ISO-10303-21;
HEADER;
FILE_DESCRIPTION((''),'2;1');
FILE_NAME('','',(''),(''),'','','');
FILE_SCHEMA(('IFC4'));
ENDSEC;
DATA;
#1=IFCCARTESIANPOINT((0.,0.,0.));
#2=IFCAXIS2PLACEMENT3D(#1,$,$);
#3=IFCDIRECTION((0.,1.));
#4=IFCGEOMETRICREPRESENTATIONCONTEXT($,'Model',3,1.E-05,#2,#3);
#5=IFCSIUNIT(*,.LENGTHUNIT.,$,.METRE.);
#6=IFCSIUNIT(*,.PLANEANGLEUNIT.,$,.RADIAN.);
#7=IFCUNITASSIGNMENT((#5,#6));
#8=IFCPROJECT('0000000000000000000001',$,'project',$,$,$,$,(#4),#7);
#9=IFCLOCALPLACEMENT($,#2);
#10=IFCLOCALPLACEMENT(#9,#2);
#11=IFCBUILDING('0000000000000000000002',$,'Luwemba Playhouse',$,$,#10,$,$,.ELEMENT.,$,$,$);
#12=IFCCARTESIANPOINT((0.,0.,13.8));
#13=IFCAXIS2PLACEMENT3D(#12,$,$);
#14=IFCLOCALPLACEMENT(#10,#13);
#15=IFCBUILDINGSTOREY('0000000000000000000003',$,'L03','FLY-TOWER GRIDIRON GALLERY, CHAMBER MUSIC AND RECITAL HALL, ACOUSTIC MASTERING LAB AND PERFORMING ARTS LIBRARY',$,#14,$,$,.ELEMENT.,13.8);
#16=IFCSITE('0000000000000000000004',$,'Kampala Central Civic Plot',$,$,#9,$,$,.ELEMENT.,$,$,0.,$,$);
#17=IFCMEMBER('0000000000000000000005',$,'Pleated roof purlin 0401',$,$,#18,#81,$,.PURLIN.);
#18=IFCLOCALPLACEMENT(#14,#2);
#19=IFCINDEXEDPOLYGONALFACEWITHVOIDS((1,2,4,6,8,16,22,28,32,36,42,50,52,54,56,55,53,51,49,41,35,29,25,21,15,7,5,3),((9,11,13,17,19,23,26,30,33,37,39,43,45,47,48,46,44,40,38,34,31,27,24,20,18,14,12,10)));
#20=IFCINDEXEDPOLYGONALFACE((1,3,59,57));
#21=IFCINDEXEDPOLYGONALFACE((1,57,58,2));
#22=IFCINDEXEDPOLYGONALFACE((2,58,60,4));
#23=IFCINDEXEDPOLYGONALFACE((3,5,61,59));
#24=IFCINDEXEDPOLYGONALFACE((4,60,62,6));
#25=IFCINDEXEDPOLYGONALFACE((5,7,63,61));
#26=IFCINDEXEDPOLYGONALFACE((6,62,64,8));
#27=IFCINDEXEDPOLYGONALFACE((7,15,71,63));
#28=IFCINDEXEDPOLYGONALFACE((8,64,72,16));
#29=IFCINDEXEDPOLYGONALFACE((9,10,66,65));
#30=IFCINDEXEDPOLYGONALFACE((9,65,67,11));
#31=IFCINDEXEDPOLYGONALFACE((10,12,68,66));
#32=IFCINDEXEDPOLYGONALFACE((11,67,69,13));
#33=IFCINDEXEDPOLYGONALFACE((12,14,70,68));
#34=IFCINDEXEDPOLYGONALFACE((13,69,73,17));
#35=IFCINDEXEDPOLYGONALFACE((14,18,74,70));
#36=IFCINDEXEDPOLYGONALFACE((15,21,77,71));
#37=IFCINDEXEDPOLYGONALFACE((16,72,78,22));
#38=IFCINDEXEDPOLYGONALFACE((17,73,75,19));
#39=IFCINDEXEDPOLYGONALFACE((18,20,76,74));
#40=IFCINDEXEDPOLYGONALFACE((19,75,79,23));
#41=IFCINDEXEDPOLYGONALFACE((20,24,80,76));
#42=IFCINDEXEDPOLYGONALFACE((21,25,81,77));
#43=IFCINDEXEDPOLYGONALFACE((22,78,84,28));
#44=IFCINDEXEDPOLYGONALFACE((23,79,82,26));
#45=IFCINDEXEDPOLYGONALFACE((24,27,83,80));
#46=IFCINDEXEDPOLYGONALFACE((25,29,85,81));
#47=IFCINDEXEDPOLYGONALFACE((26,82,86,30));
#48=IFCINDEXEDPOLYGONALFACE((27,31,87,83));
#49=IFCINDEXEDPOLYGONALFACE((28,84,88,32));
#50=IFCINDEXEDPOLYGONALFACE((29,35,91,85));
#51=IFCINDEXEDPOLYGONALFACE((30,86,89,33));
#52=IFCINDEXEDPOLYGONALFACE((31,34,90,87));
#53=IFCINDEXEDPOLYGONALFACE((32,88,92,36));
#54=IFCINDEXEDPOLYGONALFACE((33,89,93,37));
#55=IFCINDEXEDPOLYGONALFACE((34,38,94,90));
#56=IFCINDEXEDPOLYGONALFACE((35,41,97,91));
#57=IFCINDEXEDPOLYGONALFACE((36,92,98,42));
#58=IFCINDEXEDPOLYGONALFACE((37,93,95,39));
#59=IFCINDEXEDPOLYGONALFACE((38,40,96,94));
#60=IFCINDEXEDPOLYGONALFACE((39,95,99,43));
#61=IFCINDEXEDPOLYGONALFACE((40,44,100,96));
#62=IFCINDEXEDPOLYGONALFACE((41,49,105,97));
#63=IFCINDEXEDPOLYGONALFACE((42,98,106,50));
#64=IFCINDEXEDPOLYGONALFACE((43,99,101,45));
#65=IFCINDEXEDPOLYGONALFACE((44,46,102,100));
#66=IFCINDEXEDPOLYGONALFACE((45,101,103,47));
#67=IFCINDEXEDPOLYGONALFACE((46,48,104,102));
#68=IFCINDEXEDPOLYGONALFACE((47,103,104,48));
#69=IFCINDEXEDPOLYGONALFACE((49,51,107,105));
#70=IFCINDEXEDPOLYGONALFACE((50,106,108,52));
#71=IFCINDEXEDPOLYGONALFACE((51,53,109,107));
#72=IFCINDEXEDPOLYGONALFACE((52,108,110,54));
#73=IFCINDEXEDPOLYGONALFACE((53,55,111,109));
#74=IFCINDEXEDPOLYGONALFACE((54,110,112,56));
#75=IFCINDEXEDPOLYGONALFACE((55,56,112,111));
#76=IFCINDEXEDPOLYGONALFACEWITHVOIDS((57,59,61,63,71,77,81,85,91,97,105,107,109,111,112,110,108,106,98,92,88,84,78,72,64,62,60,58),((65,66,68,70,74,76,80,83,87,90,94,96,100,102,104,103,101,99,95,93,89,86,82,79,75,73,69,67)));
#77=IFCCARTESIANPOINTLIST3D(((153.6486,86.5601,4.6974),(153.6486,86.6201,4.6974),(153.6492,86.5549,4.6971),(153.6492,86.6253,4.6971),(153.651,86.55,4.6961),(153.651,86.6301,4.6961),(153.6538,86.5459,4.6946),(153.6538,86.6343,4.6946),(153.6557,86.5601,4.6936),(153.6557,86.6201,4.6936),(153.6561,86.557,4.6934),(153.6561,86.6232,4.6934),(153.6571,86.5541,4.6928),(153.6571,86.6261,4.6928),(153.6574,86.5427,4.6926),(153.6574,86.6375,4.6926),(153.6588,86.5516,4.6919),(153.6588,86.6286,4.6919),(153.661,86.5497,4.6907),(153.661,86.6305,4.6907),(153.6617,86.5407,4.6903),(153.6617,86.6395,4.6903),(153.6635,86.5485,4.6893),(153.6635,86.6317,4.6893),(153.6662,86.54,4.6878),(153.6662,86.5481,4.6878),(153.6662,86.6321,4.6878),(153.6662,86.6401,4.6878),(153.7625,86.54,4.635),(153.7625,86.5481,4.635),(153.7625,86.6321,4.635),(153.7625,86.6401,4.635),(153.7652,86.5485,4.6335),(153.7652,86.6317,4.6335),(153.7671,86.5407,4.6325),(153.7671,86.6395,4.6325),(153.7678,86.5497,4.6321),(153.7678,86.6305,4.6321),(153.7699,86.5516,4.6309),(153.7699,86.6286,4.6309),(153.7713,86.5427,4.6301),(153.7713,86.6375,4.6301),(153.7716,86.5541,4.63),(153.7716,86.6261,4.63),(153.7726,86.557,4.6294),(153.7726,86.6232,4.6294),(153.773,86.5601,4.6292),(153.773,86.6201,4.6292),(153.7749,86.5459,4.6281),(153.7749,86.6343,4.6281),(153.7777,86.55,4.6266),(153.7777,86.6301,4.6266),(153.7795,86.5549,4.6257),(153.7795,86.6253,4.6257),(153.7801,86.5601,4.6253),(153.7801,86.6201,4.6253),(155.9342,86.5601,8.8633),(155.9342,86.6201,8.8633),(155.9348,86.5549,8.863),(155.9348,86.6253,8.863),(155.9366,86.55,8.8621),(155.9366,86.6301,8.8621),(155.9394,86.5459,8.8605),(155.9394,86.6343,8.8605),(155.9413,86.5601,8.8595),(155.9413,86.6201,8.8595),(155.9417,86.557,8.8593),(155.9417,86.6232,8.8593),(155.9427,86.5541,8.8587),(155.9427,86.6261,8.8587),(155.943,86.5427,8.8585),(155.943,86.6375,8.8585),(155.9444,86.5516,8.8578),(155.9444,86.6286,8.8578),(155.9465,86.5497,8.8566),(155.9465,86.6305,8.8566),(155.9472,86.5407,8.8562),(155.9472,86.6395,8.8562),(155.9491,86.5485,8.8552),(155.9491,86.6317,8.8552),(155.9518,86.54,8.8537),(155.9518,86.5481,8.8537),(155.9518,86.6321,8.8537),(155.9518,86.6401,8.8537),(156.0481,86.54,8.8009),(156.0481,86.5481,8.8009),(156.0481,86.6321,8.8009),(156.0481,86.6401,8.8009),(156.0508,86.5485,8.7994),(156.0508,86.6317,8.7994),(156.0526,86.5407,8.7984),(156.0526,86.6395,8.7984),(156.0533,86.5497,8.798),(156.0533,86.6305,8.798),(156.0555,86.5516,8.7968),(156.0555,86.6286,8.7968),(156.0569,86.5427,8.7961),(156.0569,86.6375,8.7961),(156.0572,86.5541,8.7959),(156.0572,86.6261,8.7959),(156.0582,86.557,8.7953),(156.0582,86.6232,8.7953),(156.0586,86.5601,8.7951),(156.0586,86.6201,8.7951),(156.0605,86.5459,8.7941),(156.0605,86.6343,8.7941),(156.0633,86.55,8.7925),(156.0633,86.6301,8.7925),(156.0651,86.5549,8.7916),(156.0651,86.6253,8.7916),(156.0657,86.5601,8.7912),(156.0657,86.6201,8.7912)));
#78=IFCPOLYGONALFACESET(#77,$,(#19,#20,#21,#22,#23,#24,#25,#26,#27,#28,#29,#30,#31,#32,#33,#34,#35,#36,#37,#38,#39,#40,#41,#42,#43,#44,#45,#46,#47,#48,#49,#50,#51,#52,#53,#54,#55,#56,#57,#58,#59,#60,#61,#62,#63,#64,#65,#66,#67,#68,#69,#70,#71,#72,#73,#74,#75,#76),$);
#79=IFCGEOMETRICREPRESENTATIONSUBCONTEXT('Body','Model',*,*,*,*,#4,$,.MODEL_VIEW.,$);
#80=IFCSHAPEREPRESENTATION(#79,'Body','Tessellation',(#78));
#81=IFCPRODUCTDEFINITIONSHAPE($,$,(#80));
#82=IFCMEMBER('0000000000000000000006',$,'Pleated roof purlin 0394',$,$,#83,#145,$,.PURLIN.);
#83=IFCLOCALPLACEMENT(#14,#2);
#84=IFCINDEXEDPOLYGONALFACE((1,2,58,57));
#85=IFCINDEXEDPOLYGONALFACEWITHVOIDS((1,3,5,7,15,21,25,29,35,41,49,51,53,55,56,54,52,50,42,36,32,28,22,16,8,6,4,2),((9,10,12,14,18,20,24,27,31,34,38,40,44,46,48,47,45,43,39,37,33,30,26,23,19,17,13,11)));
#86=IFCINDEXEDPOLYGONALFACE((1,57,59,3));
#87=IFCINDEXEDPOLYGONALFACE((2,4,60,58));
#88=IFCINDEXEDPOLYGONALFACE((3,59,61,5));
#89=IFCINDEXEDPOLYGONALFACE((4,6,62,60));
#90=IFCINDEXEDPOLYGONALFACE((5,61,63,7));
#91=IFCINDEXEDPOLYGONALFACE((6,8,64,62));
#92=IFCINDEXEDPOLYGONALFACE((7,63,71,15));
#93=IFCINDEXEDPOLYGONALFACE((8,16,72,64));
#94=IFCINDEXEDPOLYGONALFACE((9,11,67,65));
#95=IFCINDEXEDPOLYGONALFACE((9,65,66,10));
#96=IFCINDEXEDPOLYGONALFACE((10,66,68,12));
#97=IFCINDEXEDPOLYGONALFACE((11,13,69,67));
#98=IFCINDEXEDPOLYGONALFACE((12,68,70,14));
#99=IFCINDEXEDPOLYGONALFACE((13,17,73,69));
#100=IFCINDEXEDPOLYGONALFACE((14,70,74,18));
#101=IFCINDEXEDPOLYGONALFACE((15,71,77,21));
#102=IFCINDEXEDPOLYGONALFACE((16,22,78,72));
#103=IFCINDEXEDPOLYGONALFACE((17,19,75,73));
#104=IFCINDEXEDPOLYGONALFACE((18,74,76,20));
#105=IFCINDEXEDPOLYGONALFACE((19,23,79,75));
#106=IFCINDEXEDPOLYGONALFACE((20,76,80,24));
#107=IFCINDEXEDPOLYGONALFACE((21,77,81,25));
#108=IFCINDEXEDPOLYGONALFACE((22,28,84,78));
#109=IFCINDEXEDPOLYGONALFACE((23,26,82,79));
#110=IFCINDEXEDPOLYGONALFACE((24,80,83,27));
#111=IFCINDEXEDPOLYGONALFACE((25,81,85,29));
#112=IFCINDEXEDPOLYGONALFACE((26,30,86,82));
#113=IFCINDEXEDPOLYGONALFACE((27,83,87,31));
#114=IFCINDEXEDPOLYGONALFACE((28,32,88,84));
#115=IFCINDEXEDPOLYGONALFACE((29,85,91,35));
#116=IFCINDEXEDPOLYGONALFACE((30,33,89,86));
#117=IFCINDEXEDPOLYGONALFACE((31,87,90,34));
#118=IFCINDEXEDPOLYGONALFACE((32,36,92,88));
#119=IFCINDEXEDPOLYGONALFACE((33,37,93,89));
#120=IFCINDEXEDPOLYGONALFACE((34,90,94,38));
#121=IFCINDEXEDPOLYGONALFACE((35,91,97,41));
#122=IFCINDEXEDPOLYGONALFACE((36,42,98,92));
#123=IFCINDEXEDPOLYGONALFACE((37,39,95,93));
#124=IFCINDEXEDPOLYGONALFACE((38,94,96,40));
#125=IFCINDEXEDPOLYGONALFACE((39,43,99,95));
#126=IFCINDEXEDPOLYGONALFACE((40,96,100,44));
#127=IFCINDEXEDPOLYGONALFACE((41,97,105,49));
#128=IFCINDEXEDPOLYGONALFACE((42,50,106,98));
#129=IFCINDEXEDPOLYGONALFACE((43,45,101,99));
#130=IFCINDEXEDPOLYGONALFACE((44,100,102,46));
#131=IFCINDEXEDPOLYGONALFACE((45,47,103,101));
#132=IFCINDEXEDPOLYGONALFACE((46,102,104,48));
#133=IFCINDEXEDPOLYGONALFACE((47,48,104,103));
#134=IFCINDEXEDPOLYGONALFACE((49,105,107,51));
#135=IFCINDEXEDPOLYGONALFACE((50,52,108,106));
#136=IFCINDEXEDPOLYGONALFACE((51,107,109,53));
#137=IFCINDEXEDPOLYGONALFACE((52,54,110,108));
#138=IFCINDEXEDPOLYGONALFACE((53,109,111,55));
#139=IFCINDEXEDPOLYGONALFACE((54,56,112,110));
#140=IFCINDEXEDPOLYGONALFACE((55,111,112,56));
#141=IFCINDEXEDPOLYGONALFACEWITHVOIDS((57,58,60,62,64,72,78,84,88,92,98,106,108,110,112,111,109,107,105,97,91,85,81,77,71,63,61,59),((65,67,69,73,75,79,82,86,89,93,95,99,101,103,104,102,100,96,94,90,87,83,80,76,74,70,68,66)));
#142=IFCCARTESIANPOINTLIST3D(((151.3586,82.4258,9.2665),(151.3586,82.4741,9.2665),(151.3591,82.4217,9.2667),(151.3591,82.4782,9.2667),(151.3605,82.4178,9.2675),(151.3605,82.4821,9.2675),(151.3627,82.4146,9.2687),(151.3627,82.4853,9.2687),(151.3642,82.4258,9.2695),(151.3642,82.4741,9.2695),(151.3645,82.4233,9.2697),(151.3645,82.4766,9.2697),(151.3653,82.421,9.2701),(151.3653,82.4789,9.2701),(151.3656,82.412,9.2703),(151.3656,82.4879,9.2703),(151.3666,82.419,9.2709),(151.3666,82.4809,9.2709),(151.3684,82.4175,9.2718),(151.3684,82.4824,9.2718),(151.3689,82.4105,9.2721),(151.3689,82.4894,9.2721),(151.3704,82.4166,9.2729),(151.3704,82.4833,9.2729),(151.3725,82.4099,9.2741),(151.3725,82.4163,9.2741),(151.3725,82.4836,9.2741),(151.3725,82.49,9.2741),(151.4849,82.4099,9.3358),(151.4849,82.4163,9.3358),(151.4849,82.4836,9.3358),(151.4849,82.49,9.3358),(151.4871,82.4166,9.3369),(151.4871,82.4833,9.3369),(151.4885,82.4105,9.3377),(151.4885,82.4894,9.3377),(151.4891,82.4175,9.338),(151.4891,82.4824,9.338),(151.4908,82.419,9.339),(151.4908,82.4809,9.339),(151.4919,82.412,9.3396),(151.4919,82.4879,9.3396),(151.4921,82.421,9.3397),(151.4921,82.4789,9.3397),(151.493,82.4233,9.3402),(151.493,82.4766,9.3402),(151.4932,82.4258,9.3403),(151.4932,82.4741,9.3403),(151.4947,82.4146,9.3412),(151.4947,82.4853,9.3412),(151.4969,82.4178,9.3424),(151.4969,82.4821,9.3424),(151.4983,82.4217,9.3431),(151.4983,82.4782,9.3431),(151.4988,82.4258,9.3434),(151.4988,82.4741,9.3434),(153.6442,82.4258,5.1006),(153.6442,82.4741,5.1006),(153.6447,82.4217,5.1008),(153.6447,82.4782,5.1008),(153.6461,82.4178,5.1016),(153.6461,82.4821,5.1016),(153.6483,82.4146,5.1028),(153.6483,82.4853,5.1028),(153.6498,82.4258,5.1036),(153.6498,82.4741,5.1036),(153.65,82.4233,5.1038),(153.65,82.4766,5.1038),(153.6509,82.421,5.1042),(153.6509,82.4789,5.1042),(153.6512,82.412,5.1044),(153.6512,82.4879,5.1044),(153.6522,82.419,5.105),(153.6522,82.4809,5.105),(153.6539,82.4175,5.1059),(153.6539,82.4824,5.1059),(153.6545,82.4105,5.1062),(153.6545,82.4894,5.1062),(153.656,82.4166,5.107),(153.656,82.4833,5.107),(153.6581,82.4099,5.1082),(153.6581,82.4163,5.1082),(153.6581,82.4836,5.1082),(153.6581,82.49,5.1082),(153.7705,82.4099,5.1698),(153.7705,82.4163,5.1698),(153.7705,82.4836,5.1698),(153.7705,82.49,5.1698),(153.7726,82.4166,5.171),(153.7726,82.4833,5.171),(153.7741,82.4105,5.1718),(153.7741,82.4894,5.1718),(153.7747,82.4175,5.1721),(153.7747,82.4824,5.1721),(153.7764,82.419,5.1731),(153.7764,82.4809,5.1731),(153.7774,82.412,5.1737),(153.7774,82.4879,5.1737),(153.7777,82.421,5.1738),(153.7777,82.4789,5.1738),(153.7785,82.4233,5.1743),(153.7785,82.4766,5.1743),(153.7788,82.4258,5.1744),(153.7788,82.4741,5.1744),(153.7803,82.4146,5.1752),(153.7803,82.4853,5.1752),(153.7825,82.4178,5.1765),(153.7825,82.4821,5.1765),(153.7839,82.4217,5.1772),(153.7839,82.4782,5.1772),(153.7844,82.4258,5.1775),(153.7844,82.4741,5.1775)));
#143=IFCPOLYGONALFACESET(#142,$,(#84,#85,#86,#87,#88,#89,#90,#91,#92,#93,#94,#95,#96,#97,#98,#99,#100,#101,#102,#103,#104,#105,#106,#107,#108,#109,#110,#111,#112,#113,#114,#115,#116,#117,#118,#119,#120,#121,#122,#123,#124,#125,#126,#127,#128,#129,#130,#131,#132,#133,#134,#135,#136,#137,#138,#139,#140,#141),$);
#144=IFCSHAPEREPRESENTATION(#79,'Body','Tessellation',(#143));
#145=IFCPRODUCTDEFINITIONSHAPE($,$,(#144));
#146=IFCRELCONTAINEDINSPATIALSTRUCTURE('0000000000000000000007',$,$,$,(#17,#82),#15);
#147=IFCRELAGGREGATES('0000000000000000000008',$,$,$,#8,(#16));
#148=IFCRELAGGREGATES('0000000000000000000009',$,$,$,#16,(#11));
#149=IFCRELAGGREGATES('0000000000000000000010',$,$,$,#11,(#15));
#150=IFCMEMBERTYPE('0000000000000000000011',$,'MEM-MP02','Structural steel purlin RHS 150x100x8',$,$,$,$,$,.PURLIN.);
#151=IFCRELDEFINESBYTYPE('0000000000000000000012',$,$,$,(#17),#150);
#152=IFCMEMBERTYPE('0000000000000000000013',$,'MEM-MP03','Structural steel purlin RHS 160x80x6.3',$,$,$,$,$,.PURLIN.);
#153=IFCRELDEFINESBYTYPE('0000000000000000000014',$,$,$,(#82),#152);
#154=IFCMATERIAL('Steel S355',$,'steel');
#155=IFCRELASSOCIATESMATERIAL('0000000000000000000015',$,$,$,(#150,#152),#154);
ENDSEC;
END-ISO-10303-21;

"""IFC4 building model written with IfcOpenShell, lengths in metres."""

from ifc_helpers import new_model, si_unit, direction, frame, origin, origin_2d, place, context, subcontext, project, spatial, hollow_rectangle, extrude, material, material_profile, profile_set, type_object, element, save


model = new_model("IFC4")

# Units and contexts
model_context = context("Model", 3, precision=1e-05, world=origin(), true_north=direction((0.0, 1.0)))
body_context = subcontext(model_context, "Body", "Model", "MODEL_VIEW")
ifc_project = project(units=[si_unit("LENGTHUNIT", "METRE"), si_unit("PLANEANGLEUNIT", "RADIAN")], contexts=[model_context])

# Site, building, storey
site_placement = place(None, origin())
site = spatial("IfcSite", under=ifc_project, at=site_placement, Name="Kampala Central Civic Plot", CompositionType="ELEMENT", RefElevation=0.0)
building_placement = place(site_placement, origin())
building = spatial("IfcBuilding", under=site, at=building_placement, Name="Luwemba Playhouse", CompositionType="ELEMENT")
storey_placement = place(building_placement, frame((0.0, 0.0, 13.8)))
storey = spatial("IfcBuildingStorey", under=building, at=storey_placement, Name="L03", Description="FLY-TOWER GRIDIRON GALLERY, CHAMBER MUSIC AND RECITAL HALL, ACOUSTIC MASTERING LAB AND PERFORMING ARTS LIBRARY", CompositionType="ELEMENT", Elevation=13.8)

# Shared definitions
ifc_material_1 = material(Name="Steel S355", Category="steel")

# Members
ifc_material_profile_1 = material_profile(ifc_material_1, hollow_rectangle(XDim=0.1001, YDim=0.1499, WallThickness=0.0081, InnerFilletRadius=0.012, OuterFilletRadius=0.02, at=origin_2d()))
ifc_profile_set_1 = profile_set([ifc_material_profile_1], Name="Steel S355")
member_type_1 = type_object("IfcMemberType", Name="MEM-MP02", Description="Structural steel purlin RHS 150x100x8", PredefinedType="PURLIN", material=ifc_profile_set_1)
member_1_placement = place(storey_placement, frame((153.7144, 86.5901, 4.6614), z_axis=(0.481003, 0.0, 0.876719), x_axis=(0.0, 1.0, 0.0)))
element("IfcMember", 1, at=member_1_placement, inside=storey, type_object=member_type_1, Name="Pleated roof purlin 0401", PredefinedType="PURLIN", context=body_context, shape_type="SweptSolid", body=[
    extrude(hollow_rectangle(XDim=0.1001, YDim=0.1499, WallThickness=0.0081, InnerFilletRadius=0.012, OuterFilletRadius=0.02, at=origin_2d()), origin(), (0.0, 0.0, 1.0), 4.7517),
])
ifc_material_profile_2 = material_profile(ifc_material_1, hollow_rectangle(XDim=0.0801, YDim=0.1599, WallThickness=0.0063, InnerFilletRadius=0.0095, OuterFilletRadius=0.0159, at=origin_2d()))
ifc_profile_set_2 = profile_set([ifc_material_profile_2], Name="Steel S355")
member_type_2 = type_object("IfcMemberType", Name="MEM-MP03", Description="Structural steel purlin RHS 160x80x6.3", PredefinedType="PURLIN", material=ifc_profile_set_2)
member_2_placement = place(storey_placement, frame((151.4287, 82.45, 9.3049), z_axis=(0.481003, 0.0, -0.876719), x_axis=(0.0, 1.0, 0.0)))
element("IfcMember", 2, at=member_2_placement, inside=storey, type_object=member_type_2, Name="Pleated roof purlin 0394", PredefinedType="PURLIN", context=body_context, shape_type="SweptSolid", body=[
    extrude(hollow_rectangle(XDim=0.0801, YDim=0.1599, WallThickness=0.0063, InnerFilletRadius=0.0095, OuterFilletRadius=0.0159, at=origin_2d()), origin(), (0.0, 0.0, 1.0), 4.7517),
])

save(model, "model.ifc")
